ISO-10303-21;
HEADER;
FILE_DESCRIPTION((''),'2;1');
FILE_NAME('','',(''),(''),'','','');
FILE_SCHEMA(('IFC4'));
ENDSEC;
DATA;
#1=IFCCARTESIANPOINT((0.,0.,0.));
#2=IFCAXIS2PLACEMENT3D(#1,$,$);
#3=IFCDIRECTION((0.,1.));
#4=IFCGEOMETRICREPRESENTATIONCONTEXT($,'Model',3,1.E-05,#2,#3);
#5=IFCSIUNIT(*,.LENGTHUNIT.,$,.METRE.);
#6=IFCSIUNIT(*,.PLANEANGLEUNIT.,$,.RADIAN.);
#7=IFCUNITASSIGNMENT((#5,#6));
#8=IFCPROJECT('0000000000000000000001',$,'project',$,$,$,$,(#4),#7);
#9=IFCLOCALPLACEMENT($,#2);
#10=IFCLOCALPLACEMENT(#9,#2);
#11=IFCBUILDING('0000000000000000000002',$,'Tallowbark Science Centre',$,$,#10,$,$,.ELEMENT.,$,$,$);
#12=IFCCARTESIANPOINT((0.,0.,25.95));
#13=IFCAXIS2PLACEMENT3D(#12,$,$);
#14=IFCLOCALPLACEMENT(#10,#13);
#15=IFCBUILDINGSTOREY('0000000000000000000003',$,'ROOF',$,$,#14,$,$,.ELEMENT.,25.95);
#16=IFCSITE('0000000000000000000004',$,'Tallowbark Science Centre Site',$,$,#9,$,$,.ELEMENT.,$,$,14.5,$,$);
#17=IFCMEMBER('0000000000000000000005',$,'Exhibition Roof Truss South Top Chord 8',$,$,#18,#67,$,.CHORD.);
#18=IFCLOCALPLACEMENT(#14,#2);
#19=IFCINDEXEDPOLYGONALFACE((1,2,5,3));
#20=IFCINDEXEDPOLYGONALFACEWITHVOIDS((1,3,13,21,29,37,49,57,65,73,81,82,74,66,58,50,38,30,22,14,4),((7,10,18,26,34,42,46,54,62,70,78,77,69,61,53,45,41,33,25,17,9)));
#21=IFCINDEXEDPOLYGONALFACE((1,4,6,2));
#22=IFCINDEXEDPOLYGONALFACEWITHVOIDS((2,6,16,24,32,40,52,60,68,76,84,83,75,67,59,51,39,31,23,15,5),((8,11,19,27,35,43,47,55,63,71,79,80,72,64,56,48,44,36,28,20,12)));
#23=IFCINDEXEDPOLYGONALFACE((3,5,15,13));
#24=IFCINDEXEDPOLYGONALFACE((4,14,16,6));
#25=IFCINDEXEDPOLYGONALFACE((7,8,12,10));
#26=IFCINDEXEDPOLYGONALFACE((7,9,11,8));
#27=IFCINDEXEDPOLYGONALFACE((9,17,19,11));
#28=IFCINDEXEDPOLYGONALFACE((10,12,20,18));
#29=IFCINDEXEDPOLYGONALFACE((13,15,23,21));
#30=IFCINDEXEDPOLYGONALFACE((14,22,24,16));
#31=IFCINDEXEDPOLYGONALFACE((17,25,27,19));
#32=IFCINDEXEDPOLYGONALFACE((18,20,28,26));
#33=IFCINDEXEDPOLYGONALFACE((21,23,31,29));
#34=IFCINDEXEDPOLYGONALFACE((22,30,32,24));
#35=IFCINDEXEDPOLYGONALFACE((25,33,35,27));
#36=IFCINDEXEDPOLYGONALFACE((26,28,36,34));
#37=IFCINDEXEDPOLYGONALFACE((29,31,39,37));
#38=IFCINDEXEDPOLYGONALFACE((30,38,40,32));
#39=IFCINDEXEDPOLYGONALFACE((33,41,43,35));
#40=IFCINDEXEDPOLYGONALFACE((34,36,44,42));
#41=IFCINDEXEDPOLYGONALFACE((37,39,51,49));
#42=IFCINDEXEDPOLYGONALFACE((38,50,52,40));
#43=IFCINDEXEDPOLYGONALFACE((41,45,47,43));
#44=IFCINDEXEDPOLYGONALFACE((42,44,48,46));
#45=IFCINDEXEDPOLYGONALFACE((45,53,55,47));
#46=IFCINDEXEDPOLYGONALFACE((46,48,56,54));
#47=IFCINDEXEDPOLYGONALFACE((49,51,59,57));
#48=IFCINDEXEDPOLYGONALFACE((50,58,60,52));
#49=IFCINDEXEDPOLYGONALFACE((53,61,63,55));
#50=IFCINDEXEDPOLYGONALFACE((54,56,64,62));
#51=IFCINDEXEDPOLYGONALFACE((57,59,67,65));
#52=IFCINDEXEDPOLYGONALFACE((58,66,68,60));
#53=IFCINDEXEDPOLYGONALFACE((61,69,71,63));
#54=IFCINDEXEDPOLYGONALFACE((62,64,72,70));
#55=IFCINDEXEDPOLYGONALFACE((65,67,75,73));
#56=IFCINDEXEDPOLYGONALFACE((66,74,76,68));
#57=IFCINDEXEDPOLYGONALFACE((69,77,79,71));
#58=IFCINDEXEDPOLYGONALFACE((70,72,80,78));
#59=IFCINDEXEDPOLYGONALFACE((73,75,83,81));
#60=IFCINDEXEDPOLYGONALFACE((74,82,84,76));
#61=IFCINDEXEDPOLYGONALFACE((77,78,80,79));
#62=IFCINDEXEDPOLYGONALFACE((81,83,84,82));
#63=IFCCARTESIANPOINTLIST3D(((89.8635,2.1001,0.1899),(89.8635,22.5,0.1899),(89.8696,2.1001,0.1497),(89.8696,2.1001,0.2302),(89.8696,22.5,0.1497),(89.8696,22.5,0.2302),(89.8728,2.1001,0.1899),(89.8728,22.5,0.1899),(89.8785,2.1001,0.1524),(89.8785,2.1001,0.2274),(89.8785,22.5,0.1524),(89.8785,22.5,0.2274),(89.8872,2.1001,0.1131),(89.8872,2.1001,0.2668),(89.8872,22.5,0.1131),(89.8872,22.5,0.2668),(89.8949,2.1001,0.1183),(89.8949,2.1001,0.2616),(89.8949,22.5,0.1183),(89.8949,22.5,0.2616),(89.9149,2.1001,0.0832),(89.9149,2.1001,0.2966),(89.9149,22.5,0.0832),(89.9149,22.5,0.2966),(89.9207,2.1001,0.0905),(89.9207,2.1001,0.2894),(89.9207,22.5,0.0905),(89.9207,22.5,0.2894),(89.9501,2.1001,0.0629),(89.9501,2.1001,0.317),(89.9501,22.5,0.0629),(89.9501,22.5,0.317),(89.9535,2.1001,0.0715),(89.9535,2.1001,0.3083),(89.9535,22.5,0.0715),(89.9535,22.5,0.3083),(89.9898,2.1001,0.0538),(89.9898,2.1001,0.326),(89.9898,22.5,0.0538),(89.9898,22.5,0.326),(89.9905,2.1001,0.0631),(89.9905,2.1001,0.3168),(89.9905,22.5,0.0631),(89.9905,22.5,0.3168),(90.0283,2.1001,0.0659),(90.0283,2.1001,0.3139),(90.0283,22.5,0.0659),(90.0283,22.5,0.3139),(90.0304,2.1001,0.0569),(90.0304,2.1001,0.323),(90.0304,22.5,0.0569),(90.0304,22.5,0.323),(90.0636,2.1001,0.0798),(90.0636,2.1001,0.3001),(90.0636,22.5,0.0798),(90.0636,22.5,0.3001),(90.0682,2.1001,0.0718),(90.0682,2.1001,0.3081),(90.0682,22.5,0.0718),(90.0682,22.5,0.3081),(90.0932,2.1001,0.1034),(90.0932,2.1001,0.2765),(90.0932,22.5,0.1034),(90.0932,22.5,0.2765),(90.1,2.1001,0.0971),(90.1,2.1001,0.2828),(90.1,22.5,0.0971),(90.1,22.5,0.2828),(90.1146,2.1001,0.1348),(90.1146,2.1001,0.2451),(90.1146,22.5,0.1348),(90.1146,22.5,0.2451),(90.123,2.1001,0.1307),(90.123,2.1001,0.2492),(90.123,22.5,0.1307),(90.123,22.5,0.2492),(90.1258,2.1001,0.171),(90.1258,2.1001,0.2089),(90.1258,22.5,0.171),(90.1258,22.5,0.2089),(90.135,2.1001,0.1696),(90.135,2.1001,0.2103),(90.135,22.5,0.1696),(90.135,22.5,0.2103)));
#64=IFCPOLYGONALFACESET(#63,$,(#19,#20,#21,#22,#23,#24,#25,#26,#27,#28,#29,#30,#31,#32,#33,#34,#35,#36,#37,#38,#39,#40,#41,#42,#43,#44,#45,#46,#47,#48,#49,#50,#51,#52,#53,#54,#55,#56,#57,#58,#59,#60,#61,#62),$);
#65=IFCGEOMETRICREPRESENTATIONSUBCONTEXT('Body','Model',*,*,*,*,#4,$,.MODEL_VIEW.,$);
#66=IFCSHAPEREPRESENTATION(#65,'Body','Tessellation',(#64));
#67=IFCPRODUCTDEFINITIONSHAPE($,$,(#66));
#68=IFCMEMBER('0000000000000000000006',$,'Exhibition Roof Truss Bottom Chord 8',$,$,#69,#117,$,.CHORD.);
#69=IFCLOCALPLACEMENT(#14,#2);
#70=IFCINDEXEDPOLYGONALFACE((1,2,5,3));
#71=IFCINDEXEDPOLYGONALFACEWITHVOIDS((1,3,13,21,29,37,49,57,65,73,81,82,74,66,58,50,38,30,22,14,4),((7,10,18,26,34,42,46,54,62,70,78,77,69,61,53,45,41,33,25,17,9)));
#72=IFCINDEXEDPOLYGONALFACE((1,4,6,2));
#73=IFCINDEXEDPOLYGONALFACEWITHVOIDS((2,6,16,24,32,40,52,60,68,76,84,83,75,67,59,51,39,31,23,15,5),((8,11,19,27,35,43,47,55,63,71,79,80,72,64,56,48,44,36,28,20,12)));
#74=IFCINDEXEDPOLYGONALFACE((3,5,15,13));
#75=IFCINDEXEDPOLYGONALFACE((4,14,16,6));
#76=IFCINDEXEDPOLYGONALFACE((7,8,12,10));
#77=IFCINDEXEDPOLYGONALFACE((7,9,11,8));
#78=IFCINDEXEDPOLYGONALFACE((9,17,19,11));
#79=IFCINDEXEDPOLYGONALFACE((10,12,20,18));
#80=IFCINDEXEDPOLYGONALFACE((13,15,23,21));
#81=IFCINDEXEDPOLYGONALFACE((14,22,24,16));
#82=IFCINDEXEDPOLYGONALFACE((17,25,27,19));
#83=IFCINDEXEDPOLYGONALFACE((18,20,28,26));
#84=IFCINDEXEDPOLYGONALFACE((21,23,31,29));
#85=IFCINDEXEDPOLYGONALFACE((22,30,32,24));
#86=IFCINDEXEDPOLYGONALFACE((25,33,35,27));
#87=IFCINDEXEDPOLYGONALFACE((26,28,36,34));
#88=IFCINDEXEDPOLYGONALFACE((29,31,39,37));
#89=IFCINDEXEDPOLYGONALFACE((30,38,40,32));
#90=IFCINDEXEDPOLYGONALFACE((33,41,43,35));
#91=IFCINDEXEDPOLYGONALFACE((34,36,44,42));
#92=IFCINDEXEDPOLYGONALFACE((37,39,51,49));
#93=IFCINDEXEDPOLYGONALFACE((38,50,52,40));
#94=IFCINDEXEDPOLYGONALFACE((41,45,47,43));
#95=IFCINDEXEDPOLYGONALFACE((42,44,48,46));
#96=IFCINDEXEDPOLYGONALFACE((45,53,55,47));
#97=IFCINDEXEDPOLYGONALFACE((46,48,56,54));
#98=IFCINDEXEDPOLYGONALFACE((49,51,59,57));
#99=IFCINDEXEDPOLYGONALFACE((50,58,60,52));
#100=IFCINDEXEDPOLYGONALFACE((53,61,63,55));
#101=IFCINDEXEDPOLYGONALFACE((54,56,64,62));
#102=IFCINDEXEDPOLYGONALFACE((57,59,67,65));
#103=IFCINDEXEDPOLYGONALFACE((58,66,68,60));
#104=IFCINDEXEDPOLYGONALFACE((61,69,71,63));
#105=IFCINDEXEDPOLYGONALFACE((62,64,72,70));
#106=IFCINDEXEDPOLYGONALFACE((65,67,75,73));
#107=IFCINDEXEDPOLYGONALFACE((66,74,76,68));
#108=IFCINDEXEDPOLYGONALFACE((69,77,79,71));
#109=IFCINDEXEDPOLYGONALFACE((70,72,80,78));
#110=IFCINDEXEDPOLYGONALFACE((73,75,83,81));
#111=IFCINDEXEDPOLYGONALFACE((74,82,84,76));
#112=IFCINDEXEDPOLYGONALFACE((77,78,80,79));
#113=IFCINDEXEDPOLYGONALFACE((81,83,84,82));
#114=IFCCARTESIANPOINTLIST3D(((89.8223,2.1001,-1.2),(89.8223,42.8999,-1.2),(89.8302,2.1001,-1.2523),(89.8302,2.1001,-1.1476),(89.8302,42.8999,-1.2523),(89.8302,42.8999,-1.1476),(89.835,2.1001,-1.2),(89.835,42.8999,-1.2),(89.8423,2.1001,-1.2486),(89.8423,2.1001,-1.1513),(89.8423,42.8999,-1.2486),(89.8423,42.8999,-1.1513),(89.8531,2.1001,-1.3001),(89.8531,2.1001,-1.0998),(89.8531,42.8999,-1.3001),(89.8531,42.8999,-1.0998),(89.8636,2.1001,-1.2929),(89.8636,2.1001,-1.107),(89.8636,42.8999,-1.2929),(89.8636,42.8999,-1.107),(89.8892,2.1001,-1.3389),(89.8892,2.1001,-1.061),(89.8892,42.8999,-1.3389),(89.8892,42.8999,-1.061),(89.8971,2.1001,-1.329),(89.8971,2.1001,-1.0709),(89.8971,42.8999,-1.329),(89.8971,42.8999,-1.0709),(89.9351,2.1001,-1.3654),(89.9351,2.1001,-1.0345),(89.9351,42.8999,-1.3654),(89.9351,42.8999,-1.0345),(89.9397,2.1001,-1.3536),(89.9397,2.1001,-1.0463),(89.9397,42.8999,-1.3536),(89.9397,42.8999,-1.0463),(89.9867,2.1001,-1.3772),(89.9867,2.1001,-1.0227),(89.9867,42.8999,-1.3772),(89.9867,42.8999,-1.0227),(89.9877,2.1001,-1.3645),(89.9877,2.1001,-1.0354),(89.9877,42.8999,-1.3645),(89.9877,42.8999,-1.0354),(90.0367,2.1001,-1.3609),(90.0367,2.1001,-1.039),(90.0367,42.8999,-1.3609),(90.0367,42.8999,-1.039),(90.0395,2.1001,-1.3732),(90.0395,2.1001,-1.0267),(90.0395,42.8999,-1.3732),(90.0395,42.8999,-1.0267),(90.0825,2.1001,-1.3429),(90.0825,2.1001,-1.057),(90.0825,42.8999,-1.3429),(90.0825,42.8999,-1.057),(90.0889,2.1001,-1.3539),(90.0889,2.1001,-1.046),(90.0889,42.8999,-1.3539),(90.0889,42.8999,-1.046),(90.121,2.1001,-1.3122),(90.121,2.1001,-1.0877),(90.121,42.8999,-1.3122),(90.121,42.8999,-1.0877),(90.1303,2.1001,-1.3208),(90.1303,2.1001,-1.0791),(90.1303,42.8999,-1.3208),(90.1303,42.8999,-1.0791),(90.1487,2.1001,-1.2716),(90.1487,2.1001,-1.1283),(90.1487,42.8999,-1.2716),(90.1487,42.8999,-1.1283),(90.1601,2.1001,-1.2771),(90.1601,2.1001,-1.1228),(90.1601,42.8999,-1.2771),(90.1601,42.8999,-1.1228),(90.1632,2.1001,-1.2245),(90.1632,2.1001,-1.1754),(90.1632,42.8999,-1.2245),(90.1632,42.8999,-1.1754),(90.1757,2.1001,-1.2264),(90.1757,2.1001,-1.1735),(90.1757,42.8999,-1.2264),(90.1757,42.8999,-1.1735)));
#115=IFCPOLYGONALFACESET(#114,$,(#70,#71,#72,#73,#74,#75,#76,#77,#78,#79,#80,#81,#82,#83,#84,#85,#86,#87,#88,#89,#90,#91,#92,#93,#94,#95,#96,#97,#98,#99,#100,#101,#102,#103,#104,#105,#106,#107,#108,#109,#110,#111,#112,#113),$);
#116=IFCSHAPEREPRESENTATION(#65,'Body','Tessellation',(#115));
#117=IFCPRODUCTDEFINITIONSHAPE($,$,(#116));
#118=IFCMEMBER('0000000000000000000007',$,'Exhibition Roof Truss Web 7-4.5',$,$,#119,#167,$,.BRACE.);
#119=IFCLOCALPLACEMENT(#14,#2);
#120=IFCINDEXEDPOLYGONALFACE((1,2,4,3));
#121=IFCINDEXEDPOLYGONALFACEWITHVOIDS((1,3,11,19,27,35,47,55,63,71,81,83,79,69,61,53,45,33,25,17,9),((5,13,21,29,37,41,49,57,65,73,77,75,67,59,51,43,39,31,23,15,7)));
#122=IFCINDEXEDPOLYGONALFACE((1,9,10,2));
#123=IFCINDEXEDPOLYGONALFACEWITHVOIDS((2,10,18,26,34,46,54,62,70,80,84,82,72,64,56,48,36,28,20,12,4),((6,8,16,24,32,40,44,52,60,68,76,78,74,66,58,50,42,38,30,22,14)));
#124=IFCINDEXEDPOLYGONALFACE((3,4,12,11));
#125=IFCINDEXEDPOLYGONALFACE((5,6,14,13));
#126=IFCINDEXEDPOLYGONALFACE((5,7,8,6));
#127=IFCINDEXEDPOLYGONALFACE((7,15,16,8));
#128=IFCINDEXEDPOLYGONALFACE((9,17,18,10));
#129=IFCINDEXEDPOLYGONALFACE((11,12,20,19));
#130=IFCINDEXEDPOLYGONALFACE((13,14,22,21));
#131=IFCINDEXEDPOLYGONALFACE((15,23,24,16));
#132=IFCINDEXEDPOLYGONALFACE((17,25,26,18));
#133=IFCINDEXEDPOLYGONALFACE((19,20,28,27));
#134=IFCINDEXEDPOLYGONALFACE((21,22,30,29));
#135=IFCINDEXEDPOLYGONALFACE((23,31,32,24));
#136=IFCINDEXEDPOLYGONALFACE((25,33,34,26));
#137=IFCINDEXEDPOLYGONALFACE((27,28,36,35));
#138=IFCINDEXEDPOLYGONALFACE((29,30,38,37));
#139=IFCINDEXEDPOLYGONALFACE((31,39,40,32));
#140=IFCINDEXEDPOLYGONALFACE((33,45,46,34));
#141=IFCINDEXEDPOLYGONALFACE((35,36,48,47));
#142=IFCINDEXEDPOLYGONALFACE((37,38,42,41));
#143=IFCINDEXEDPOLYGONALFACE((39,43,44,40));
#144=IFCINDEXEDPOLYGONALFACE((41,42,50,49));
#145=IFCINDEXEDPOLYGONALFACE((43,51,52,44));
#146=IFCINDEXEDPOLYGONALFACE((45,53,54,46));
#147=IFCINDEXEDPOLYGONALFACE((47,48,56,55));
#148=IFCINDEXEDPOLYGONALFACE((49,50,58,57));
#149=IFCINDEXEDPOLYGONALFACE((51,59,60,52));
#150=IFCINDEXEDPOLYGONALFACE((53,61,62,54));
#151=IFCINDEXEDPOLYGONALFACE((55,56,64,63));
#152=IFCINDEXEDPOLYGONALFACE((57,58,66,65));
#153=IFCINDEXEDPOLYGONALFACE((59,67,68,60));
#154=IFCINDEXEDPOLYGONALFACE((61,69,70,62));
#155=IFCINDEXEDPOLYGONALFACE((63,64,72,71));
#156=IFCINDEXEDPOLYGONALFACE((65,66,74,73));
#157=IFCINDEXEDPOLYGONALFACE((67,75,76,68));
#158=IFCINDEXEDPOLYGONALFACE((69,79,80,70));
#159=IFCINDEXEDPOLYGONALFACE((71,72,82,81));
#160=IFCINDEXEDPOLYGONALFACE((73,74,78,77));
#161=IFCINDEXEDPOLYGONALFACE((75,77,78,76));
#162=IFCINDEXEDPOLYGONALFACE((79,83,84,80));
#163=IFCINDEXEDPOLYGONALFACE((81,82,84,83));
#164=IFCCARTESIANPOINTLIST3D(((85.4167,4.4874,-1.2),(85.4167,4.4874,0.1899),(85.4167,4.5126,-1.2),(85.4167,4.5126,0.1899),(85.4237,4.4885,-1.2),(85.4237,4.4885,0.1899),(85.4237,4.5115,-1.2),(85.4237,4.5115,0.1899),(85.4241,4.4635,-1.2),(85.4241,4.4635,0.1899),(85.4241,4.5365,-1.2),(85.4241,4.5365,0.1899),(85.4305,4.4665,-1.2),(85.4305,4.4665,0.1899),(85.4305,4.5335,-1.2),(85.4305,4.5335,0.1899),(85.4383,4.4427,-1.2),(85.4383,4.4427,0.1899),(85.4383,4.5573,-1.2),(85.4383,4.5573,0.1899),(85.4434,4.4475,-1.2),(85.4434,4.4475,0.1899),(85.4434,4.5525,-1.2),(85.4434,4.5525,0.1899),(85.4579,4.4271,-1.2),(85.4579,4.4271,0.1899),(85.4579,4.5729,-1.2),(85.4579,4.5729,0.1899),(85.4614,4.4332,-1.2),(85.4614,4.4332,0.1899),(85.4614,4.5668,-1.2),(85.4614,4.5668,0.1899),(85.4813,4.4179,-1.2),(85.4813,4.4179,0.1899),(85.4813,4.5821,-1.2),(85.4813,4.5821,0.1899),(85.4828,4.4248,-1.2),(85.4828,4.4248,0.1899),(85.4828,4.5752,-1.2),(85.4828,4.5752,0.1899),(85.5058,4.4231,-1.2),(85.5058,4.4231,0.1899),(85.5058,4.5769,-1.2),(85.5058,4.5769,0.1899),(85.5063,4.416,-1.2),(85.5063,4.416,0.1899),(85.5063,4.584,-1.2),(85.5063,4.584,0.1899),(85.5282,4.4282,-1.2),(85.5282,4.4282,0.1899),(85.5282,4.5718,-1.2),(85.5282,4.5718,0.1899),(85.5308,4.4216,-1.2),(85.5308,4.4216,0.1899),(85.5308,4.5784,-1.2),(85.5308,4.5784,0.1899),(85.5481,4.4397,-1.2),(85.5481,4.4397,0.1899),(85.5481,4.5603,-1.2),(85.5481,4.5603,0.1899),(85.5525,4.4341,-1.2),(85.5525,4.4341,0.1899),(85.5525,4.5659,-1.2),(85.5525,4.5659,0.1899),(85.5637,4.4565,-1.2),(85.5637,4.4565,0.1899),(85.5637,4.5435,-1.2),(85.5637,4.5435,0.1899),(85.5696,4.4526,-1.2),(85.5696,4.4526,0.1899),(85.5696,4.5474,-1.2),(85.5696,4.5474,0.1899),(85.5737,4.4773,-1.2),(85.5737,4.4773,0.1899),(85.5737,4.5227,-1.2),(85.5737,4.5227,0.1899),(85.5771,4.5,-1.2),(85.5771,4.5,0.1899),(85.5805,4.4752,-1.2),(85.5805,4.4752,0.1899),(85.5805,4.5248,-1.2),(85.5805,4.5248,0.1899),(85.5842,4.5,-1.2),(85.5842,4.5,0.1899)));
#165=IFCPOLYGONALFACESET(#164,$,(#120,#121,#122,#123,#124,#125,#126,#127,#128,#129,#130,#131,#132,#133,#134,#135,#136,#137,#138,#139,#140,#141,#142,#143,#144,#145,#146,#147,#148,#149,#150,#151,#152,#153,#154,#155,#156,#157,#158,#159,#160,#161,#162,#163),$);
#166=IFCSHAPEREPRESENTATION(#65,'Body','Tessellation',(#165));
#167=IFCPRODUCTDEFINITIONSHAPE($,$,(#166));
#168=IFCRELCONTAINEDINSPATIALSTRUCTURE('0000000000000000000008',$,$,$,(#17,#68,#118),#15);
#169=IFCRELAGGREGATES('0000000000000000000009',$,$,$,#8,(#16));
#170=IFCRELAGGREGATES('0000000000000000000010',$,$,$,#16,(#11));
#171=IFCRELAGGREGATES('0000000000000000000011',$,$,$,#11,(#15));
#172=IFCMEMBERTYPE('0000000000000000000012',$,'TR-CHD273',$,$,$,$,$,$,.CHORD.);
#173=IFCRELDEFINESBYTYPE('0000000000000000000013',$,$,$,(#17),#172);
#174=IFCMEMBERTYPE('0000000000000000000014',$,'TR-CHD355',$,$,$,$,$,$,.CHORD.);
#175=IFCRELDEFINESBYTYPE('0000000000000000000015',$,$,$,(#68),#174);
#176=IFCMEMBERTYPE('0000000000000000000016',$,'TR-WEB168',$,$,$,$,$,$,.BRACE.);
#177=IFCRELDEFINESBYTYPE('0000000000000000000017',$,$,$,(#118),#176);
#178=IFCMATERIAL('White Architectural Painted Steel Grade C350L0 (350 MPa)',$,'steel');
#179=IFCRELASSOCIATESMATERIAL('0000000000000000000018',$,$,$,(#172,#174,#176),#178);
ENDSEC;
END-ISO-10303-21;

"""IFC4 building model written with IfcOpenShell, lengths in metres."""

from ifc_helpers import new_model, si_unit, direction, frame, origin, origin_2d, place, context, subcontext, project, spatial, hollow_circle, extrude, material, material_profile, profile_set, type_object, element, save


model = new_model("IFC4")

# Units and contexts
model_context = context("Model", 3, precision=1e-05, world=origin(), true_north=direction((0.0, 1.0)))
body_context = subcontext(model_context, "Body", "Model", "MODEL_VIEW")
ifc_project = project(units=[si_unit("LENGTHUNIT", "METRE"), si_unit("PLANEANGLEUNIT", "RADIAN")], contexts=[model_context])

# Site, building, storey
site_placement = place(None, origin())
site = spatial("IfcSite", under=ifc_project, at=site_placement, Name="Tallowbark Science Centre Site", CompositionType="ELEMENT", RefElevation=14.5)
building_placement = place(site_placement, origin())
building = spatial("IfcBuilding", under=site, at=building_placement, Name="Tallowbark Science Centre", CompositionType="ELEMENT")
storey_placement = place(building_placement, frame((0.0, 0.0, 25.95)))
storey = spatial("IfcBuildingStorey", under=building, at=storey_placement, Name="ROOF", CompositionType="ELEMENT", Elevation=25.95)

# Shared definitions
ifc_material_1 = material(Name="White Architectural Painted Steel Grade C350L0 (350 MPa)", Category="steel")

# Members
ifc_material_profile_1 = material_profile(ifc_material_1, hollow_circle(Radius=0.1365, WallThickness=0.0093, at=origin_2d()), Name="273.1x9.3CHS")
ifc_profile_set_1 = profile_set([ifc_material_profile_1], Name="White Architectural Painted Steel Grade C350L0 (350 MPa)")
member_type_1 = type_object("IfcMemberType", Name="TR-CHD273", PredefinedType="CHORD", material=ifc_profile_set_1)
member_1_placement = place(storey_placement, frame((90.0, 2.1001, 0.1899), z_axis=(0.0, 1.0, 0.0), x_axis=(-1.0, 0.0, 0.0)))
element("IfcMember", 1, at=member_1_placement, inside=storey, type_object=member_type_1, Name="Exhibition Roof Truss South Top Chord 8", PredefinedType="CHORD", context=body_context, shape_type="SweptSolid", body=[
    extrude(hollow_circle(Radius=0.1365, WallThickness=0.0093, at=origin_2d()), origin(), (0.0, 0.0, 1.0), 20.3999),
])
ifc_material_profile_2 = material_profile(ifc_material_1, hollow_circle(Radius=0.1777, WallThickness=0.0127, at=origin_2d()), Name="355.6x12.7CHS")
ifc_profile_set_2 = profile_set([ifc_material_profile_2], Name="White Architectural Painted Steel Grade C350L0 (350 MPa)")
member_type_2 = type_object("IfcMemberType", Name="TR-CHD355", PredefinedType="CHORD", material=ifc_profile_set_2)
member_2_placement = place(storey_placement, frame((90.0, 2.1001, -1.2), z_axis=(0.0, 1.0, 0.0), x_axis=(-1.0, 0.0, 0.0)))
element("IfcMember", 2, at=member_2_placement, inside=storey, type_object=member_type_2, Name="Exhibition Roof Truss Bottom Chord 8", PredefinedType="CHORD", context=body_context, shape_type="SweptSolid", body=[
    extrude(hollow_circle(Radius=0.1777, WallThickness=0.0127, at=origin_2d()), origin(), (0.0, 0.0, 1.0), 40.7998),
])
ifc_material_profile_3 = material_profile(ifc_material_1, hollow_circle(Radius=0.0842, WallThickness=0.0071, at=origin_2d()), Name="168.3x7.1CHS")
ifc_profile_set_3 = profile_set([ifc_material_profile_3], Name="White Architectural Painted Steel Grade C350L0 (350 MPa)")
member_type_3 = type_object("IfcMemberType", Name="TR-WEB168", PredefinedType="BRACE", material=ifc_profile_set_3)
for number, where, z_axis, x_axis, name in (
    (3, (85.5, 4.5, -1.2), (0.0, 0.0, 1.0), (1.0, 0.0, 0.0), "Exhibition Roof Truss Web 7-4.5"),
):
    element("IfcMember", number, at=place(storey_placement, frame(where, z_axis=z_axis, x_axis=x_axis)), inside=storey, type_object=member_type_3, Name=name, PredefinedType="BRACE", context=body_context, shape_type="SweptSolid", body=[
        extrude(hollow_circle(Radius=0.0842, WallThickness=0.0071, at=origin_2d()), origin(), (0.0, 0.0, 1.0), 1.3899),
    ])

save(model, "model.ifc")
